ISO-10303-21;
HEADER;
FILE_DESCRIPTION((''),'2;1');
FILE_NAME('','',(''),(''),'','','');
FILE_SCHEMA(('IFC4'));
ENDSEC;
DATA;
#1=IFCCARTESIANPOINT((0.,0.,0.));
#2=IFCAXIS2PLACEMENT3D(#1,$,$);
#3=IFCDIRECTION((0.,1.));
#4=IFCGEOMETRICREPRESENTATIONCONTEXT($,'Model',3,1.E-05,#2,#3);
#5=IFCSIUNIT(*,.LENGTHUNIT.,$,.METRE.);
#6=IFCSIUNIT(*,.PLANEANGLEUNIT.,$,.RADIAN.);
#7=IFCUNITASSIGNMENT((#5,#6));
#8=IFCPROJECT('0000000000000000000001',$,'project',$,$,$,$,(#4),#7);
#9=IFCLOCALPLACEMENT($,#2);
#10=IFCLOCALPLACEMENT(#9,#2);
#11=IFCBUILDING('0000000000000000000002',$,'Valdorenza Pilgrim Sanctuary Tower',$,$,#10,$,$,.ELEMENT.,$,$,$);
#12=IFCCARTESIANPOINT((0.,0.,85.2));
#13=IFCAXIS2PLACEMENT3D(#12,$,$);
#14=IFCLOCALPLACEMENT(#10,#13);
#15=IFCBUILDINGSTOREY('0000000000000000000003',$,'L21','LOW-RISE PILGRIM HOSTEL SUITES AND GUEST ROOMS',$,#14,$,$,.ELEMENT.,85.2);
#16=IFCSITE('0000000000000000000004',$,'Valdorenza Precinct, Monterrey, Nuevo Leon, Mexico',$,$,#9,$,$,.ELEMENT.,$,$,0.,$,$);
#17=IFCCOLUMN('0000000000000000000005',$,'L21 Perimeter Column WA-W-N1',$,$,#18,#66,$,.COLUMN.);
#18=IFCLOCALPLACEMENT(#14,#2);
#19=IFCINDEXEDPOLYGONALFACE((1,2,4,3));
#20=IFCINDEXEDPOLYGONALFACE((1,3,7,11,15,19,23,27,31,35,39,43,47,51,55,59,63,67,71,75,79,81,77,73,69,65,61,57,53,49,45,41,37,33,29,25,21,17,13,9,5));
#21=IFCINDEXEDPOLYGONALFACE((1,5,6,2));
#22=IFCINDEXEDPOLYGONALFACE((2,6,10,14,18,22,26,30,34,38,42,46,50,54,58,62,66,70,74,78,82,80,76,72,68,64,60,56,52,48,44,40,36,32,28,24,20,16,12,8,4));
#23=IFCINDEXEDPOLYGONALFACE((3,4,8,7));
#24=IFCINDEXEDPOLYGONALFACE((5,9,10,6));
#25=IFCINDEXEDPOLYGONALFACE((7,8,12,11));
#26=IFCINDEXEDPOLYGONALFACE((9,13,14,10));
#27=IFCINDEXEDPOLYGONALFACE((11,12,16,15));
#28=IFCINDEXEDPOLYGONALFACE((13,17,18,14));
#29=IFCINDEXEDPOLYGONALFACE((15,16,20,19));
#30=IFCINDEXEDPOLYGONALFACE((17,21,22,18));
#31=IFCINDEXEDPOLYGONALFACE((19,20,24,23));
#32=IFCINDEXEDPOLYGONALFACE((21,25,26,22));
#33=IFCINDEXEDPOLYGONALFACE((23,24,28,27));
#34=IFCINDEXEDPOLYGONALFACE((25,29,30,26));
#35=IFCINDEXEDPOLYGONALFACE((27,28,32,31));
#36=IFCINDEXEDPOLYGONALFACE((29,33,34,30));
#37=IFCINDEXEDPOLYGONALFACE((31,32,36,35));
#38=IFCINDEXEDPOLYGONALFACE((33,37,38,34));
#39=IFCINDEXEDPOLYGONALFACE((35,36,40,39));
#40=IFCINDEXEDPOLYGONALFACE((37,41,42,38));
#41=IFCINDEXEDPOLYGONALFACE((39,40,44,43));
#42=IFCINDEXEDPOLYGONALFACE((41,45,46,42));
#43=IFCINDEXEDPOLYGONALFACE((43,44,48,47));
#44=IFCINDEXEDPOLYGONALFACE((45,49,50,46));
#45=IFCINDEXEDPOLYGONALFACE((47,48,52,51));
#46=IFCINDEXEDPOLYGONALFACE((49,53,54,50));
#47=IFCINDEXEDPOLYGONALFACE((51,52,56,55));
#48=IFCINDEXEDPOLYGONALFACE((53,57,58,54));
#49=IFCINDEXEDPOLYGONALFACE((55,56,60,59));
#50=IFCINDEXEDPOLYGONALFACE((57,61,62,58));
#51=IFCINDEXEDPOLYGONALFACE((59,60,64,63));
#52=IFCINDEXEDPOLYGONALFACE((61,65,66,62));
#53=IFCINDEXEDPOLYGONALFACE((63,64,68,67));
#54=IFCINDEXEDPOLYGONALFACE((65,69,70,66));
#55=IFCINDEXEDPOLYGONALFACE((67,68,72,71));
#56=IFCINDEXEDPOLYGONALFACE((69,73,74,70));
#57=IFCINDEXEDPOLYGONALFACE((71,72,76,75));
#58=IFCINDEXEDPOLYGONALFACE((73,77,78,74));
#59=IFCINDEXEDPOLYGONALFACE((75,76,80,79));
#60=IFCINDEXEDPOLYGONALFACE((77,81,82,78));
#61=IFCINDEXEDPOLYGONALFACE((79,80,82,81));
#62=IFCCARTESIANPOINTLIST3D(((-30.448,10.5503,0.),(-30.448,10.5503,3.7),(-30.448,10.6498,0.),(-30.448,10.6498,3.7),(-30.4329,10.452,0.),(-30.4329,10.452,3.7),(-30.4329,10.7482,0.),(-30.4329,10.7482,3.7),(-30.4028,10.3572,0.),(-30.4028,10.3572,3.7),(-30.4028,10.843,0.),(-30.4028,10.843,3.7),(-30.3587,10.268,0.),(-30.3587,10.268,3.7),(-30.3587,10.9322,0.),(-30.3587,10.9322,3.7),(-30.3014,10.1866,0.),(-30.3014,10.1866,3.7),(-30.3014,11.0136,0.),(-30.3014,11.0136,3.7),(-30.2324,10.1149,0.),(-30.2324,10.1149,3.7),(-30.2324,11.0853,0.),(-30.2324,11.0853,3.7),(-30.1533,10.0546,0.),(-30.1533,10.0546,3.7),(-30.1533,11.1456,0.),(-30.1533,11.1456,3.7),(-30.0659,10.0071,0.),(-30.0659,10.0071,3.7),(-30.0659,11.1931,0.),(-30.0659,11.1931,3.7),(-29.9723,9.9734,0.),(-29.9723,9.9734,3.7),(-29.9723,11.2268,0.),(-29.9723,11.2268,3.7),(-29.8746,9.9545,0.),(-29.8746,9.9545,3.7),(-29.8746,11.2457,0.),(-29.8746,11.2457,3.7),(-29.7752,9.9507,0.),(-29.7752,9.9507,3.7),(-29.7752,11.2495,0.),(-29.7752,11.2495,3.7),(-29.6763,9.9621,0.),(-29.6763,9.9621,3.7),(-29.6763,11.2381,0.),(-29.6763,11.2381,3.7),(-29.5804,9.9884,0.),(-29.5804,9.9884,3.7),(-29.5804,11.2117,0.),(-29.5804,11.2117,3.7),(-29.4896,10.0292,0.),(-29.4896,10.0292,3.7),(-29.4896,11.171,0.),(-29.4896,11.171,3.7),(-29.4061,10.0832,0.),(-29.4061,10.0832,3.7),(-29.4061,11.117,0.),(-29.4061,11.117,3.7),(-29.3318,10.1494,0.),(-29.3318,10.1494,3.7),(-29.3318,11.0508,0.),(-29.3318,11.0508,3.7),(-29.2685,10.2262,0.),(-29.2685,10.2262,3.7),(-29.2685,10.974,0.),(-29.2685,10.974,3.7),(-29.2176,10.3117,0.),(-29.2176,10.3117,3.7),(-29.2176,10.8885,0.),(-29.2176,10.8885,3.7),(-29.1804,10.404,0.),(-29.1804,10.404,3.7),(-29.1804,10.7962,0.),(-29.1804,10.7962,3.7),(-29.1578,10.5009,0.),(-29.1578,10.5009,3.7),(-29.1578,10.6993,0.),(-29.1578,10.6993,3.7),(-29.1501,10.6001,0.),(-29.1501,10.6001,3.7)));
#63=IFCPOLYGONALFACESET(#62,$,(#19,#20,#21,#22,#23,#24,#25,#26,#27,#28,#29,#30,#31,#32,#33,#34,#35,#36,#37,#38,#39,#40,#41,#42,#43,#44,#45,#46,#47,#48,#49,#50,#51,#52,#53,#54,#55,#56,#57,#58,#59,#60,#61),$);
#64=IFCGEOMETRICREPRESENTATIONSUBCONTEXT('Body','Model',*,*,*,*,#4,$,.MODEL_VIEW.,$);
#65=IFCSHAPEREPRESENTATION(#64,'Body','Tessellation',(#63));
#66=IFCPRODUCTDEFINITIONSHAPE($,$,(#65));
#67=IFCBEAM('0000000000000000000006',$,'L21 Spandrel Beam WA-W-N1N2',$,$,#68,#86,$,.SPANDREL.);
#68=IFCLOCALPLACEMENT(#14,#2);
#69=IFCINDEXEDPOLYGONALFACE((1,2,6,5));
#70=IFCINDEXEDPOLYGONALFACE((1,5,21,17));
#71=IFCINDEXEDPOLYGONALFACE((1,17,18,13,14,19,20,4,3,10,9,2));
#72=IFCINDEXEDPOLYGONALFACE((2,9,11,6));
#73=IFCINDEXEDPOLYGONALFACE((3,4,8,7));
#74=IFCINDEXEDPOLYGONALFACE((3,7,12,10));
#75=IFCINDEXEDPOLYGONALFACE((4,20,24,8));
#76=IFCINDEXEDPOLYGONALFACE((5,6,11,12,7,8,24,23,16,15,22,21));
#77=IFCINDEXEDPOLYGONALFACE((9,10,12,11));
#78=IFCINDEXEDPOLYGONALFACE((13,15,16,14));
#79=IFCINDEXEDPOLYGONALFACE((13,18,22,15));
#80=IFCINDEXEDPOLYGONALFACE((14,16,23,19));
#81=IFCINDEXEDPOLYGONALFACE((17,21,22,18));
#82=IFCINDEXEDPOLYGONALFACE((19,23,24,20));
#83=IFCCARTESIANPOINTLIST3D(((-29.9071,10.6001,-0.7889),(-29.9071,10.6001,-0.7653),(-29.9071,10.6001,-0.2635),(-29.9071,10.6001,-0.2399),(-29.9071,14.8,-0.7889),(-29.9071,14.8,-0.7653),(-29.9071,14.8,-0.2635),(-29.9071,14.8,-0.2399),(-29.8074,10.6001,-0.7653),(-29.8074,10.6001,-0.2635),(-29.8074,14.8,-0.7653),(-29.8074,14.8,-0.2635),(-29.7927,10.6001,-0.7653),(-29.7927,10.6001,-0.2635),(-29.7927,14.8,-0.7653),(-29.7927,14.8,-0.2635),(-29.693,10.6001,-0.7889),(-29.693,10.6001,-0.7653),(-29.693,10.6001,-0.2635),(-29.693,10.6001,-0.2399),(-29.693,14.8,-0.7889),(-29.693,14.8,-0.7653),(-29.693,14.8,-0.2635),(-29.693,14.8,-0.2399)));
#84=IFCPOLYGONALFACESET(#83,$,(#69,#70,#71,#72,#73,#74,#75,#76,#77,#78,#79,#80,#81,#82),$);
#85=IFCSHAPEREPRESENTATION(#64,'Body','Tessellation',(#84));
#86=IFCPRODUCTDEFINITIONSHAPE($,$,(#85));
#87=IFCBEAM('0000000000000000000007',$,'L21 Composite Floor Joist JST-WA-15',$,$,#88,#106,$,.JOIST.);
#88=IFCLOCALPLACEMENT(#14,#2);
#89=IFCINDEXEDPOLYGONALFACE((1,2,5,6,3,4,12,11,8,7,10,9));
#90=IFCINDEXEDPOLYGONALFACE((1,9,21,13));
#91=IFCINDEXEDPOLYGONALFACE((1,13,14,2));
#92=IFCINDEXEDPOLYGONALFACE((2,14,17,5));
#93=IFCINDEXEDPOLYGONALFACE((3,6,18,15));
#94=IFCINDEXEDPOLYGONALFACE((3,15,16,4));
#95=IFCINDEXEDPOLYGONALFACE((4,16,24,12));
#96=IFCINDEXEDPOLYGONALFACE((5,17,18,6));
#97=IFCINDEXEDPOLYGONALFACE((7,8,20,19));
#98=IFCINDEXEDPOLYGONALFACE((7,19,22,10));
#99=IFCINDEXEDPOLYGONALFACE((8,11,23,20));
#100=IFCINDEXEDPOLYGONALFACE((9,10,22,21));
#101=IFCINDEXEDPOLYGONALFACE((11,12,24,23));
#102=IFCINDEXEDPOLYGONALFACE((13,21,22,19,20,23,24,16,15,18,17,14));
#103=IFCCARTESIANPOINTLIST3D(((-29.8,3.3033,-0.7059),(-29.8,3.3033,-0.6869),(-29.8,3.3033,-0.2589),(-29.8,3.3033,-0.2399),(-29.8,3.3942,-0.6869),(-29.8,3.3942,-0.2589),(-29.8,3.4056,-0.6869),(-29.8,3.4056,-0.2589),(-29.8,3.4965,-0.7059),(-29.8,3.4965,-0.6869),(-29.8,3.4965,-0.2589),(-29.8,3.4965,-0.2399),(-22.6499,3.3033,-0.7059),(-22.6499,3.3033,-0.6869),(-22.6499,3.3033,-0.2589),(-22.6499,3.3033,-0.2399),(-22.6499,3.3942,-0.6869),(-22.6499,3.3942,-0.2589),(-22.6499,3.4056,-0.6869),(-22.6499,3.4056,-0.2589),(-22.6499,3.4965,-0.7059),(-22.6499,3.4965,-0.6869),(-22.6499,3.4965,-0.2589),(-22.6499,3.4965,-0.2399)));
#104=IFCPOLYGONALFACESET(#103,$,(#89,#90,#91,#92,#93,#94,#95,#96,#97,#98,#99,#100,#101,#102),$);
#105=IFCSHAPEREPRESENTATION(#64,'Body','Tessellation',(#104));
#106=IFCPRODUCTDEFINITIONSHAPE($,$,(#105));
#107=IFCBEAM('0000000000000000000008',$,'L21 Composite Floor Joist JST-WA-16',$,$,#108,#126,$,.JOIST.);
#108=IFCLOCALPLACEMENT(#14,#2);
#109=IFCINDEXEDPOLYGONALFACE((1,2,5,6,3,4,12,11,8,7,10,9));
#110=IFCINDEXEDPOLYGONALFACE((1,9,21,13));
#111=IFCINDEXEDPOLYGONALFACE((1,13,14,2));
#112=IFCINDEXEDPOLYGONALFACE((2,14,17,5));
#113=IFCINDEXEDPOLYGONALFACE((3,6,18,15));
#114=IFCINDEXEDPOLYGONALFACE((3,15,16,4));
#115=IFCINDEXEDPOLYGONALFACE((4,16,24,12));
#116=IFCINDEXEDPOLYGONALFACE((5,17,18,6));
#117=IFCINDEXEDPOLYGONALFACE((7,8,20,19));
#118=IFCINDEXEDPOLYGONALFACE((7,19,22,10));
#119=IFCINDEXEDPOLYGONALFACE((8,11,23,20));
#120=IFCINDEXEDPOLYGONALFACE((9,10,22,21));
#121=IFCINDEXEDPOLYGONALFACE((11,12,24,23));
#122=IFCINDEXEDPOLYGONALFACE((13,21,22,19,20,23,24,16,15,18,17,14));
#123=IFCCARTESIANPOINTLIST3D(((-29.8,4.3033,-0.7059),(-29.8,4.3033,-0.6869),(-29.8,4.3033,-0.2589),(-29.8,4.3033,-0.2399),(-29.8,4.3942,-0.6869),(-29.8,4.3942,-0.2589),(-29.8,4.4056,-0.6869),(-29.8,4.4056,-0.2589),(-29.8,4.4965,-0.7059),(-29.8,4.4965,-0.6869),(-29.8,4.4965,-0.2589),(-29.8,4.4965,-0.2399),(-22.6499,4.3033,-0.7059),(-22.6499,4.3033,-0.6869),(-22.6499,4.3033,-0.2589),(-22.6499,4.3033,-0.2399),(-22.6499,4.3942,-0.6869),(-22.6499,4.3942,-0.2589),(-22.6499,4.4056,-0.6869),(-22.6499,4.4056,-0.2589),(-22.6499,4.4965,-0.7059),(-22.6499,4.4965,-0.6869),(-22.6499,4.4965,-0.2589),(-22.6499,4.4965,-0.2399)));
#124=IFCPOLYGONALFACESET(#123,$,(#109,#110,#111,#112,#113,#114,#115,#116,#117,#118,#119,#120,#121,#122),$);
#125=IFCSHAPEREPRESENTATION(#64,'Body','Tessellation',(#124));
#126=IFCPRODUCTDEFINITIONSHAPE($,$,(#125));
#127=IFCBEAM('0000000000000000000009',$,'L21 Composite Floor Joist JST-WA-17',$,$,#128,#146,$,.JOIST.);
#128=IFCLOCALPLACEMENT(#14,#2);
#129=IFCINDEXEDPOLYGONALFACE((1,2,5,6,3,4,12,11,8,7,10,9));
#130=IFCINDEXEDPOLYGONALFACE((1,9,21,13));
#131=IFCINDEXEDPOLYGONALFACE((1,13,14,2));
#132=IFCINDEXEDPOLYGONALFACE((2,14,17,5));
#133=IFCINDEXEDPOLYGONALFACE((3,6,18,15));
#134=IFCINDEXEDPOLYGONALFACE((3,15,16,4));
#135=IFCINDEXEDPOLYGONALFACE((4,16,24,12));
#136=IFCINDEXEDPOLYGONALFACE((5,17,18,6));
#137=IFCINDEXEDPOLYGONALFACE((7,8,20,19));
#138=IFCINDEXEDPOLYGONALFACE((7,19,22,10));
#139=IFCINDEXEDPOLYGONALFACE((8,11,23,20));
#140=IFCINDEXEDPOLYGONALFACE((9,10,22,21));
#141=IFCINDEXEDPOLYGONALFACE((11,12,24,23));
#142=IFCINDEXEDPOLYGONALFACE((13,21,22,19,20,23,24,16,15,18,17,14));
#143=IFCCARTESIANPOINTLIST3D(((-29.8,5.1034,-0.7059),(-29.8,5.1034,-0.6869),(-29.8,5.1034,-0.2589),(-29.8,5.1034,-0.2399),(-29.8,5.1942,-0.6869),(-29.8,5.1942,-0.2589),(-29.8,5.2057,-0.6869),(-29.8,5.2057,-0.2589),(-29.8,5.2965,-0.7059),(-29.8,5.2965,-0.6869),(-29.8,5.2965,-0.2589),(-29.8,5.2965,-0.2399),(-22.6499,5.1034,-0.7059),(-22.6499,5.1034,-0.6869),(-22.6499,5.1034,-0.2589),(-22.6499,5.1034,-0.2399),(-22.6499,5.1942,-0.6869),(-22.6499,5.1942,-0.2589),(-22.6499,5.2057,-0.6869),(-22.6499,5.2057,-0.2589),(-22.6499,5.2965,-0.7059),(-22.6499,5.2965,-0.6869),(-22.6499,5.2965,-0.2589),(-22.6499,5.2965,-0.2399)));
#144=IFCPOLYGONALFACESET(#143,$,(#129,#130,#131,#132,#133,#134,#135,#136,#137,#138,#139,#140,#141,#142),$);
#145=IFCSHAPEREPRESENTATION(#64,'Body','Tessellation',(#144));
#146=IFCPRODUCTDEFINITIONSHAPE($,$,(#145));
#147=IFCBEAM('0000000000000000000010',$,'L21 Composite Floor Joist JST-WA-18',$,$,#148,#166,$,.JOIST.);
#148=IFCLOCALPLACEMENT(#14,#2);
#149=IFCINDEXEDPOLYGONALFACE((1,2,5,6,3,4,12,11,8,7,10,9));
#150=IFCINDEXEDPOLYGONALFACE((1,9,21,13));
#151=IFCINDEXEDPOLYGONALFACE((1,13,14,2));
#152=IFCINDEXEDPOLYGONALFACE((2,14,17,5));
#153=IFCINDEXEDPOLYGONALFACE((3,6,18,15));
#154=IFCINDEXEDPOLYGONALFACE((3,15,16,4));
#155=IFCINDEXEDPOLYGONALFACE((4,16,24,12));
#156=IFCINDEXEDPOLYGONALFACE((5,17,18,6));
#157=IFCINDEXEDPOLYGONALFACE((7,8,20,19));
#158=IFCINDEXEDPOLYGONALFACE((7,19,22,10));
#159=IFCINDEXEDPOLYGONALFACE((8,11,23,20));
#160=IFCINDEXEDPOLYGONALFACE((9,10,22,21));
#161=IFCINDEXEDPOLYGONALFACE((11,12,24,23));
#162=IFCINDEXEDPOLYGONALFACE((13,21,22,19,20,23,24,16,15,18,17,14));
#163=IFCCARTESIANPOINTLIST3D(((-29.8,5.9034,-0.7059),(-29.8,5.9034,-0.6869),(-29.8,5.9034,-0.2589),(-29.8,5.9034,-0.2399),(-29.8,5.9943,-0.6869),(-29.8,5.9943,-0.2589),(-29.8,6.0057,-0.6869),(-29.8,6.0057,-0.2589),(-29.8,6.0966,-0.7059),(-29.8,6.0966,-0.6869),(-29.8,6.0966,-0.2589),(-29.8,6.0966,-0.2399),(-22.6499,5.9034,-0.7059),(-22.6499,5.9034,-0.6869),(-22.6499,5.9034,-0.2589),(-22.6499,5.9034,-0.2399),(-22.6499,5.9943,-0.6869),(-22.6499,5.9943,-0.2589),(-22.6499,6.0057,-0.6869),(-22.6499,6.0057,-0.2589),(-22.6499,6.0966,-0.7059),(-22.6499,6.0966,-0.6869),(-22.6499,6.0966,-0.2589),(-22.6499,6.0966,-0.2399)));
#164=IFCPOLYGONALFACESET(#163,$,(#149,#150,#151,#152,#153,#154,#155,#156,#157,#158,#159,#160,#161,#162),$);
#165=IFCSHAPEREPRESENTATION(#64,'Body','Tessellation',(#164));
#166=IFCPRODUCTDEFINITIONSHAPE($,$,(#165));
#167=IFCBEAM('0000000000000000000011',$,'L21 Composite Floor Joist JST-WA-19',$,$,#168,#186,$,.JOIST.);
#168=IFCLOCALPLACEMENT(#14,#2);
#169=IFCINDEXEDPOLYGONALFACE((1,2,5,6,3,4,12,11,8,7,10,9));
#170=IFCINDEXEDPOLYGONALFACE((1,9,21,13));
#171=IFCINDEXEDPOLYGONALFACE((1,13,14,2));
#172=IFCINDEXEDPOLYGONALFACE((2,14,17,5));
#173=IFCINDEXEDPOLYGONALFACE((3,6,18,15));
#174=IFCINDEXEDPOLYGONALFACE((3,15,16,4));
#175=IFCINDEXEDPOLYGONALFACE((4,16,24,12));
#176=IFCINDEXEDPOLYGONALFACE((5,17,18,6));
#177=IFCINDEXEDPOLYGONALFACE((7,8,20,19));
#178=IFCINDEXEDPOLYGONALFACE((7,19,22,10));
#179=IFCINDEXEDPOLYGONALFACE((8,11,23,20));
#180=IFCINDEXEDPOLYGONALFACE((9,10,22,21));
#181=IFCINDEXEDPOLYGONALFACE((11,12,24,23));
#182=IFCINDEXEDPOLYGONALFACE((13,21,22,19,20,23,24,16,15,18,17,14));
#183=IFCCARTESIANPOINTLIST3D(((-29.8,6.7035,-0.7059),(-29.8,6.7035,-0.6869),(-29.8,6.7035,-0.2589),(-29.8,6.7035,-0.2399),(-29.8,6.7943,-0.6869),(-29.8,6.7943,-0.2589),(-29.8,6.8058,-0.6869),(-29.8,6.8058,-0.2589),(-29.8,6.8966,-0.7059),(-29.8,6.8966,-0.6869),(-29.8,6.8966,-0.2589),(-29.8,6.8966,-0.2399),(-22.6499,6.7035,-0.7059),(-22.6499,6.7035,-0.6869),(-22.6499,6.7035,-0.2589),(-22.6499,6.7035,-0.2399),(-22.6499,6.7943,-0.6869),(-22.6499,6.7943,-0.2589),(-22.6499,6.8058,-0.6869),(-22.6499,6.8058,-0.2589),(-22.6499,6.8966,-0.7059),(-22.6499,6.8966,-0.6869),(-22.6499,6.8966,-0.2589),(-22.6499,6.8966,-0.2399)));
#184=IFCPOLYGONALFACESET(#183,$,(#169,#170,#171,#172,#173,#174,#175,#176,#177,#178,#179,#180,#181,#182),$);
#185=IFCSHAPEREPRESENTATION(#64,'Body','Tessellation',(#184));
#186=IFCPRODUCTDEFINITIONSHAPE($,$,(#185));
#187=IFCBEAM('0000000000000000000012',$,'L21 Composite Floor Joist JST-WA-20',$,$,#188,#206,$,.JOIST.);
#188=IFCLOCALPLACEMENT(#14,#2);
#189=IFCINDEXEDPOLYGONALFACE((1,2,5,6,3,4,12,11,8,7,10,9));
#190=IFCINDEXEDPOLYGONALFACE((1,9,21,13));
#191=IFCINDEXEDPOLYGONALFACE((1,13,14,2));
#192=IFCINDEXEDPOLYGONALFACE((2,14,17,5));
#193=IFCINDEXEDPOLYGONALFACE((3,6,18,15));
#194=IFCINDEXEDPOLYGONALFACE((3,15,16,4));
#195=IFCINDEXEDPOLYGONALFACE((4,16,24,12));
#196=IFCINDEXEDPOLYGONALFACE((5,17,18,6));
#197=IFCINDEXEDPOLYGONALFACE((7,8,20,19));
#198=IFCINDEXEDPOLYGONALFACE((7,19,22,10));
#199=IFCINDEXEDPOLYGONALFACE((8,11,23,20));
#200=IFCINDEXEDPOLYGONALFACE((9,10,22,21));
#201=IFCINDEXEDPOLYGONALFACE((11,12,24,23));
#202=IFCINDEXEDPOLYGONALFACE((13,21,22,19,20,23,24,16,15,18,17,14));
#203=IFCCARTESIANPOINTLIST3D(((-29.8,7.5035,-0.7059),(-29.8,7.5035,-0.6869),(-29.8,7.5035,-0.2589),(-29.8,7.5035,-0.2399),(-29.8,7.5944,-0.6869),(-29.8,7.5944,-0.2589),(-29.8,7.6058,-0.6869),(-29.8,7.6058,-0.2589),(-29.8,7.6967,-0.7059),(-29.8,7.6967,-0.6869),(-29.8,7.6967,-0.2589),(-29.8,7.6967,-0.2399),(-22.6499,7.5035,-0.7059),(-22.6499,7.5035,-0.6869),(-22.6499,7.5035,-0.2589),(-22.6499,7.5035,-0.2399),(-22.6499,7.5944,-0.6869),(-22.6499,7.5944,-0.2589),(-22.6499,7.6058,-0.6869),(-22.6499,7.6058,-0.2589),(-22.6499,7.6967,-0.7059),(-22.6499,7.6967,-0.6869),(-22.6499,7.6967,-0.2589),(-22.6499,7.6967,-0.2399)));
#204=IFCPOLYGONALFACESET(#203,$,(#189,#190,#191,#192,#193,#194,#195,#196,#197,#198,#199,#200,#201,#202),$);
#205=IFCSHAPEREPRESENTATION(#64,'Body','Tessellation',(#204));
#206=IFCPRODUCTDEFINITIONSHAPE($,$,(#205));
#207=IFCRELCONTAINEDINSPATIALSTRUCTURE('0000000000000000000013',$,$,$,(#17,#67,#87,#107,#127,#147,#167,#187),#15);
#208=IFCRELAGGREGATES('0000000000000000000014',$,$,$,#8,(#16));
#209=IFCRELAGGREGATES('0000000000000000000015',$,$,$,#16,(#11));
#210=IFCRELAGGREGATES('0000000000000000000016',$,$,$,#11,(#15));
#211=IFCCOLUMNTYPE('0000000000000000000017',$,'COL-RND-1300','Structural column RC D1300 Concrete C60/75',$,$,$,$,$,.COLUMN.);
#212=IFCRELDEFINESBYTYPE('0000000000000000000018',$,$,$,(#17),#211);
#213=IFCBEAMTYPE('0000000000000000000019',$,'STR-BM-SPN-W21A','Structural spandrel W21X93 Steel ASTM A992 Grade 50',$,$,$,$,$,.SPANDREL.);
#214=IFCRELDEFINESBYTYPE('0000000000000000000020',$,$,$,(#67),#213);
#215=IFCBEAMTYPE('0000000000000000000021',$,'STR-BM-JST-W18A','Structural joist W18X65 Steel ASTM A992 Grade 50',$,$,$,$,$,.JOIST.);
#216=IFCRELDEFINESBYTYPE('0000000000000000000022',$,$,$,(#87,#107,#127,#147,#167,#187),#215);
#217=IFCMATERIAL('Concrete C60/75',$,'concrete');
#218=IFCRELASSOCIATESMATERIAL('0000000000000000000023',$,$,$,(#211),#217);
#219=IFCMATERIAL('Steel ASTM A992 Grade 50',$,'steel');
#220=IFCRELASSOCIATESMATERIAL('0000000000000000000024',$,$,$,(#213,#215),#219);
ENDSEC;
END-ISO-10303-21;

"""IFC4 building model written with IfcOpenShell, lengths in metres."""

from ifc_helpers import new_model, si_unit, direction, frame, origin, origin_2d, place, context, subcontext, project, spatial, circle, i_section, extrude, source, transform, mapped, material, material_profile, profile_set, type_object, element, save


model = new_model("IFC4")

# Units and contexts
model_context = context("Model", 3, precision=1e-05, world=origin(), true_north=direction((0.0, 1.0)))
body_context = subcontext(model_context, "Body", "Model", "MODEL_VIEW")
ifc_project = project(units=[si_unit("LENGTHUNIT", "METRE"), si_unit("PLANEANGLEUNIT", "RADIAN")], contexts=[model_context])

# Site, building, storey
site_placement = place(None, origin())
site = spatial("IfcSite", under=ifc_project, at=site_placement, Name="Valdorenza Precinct, Monterrey, Nuevo Leon, Mexico", CompositionType="ELEMENT", RefElevation=0.0)
building_placement = place(site_placement, origin())
building = spatial("IfcBuilding", under=site, at=building_placement, Name="Valdorenza Pilgrim Sanctuary Tower", CompositionType="ELEMENT")
storey_placement = place(building_placement, frame((0.0, 0.0, 85.2)))
storey = spatial("IfcBuildingStorey", under=building, at=storey_placement, Name="L21", Description="LOW-RISE PILGRIM HOSTEL SUITES AND GUEST ROOMS", CompositionType="ELEMENT", Elevation=85.2)

# Column
ifc_material_1 = material(Name="Concrete C60/75", Category="concrete")
ifc_material_profile_1 = material_profile(ifc_material_1, circle(Radius=0.6499, at=origin_2d()), Name="RC D1300")
ifc_profile_set_1 = profile_set([ifc_material_profile_1], Name="Concrete C60/75")
column_type = type_object("IfcColumnType", Name="COL-RND-1300", Description="Structural column RC D1300 Concrete C60/75", PredefinedType="COLUMN", material=ifc_profile_set_1)
shared_shape_1 = source(origin(), body_context, "Body", "SweptSolid", [
    extrude(circle(Radius=0.6499, at=origin_2d()), origin(), (0.0, 0.0, 1.0), 3.7),
])
column_placement = place(storey_placement, frame((-29.8, 10.6001, 0.0), z_axis=(0.0, 0.0, 1.0), x_axis=(1.0, 0.0, 0.0)))
element("IfcColumn", 1, at=column_placement, inside=storey, type_object=column_type, Name="L21 Perimeter Column WA-W-N1", PredefinedType="COLUMN", context=body_context, shape_type="MappedRepresentation", body=[
    mapped(shared_shape_1, transform((0.0, 0.0, 0.0), x_axis=(1.0, 0.0, 0.0), y_axis=(0.0, 1.0, 0.0), z_axis=(0.0, 0.0, 1.0), scale=1.0)),
])

# Beams
ifc_material_2 = material(Name="Steel ASTM A992 Grade 50", Category="steel")
ifc_material_profile_2 = material_profile(ifc_material_2, i_section(OverallWidth=0.2141, OverallDepth=0.5491, WebThickness=0.0146, FlangeThickness=0.0237, at=origin_2d()), Name="W21X93")
ifc_profile_set_2 = profile_set([ifc_material_profile_2], Name="Steel ASTM A992 Grade 50")
beam_type_1 = type_object("IfcBeamType", Name="STR-BM-SPN-W21A", Description="Structural spandrel W21X93 Steel ASTM A992 Grade 50", PredefinedType="SPANDREL", material=ifc_profile_set_2)
shared_shape_2 = source(origin(), body_context, "Body", "SweptSolid", [
    extrude(i_section(OverallWidth=0.2141, OverallDepth=0.5491, WebThickness=0.0146, FlangeThickness=0.0237, at=origin_2d()), origin(), (0.0, 0.0, 1.0), 4.2),
])
beam_1_placement = place(storey_placement, frame((-29.8, 10.6001, -0.5144), z_axis=(0.0, 1.0, 0.0), x_axis=(-1.0, 0.0, 0.0)))
element("IfcBeam", 2, at=beam_1_placement, inside=storey, type_object=beam_type_1, Name="L21 Spandrel Beam WA-W-N1N2", PredefinedType="SPANDREL", context=body_context, shape_type="MappedRepresentation", body=[
    mapped(shared_shape_2, transform((0.0, 0.0, 0.0), x_axis=(1.0, 0.0, 0.0), y_axis=(0.0, 1.0, 0.0), z_axis=(0.0, 0.0, 1.0), scale=1.0)),
])
ifc_material_profile_3 = material_profile(ifc_material_2, i_section(OverallWidth=0.1931, OverallDepth=0.4661, WebThickness=0.0115, FlangeThickness=0.019, at=origin_2d()), Name="W18X65")
ifc_profile_set_3 = profile_set([ifc_material_profile_3], Name="Steel ASTM A992 Grade 50")
beam_type_2 = type_object("IfcBeamType", Name="STR-BM-JST-W18A", Description="Structural joist W18X65 Steel ASTM A992 Grade 50", PredefinedType="JOIST", material=ifc_profile_set_3)
shared_shape_3 = source(origin(), body_context, "Body", "SweptSolid", [
    extrude(i_section(OverallWidth=0.1931, OverallDepth=0.4661, WebThickness=0.0115, FlangeThickness=0.019, at=origin_2d()), origin(), (0.0, 0.0, 1.0), 7.1501),
])
for number, where, z_axis, x_axis, name in (
    (3, (-29.8, 3.3999, -0.4729), (1.0, 0.0, 0.0), (0.0, 1.0, 0.0), "L21 Composite Floor Joist JST-WA-15"),
    (4, (-29.8, 4.3999, -0.4729), (1.0, 0.0, 0.0), (0.0, 1.0, 0.0), "L21 Composite Floor Joist JST-WA-16"),
    (5, (-29.8, 5.2, -0.4729), (1.0, 0.0, 0.0), (0.0, 1.0, 0.0), "L21 Composite Floor Joist JST-WA-17"),
    (6, (-29.8, 6.0, -0.4729), (1.0, 0.0, 0.0), (0.0, 1.0, 0.0), "L21 Composite Floor Joist JST-WA-18"),
    (7, (-29.8, 6.8, -0.4729), (1.0, 0.0, 0.0), (0.0, 1.0, 0.0), "L21 Composite Floor Joist JST-WA-19"),
    (8, (-29.8, 7.6001, -0.4729), (1.0, 0.0, 0.0), (0.0, 1.0, 0.0), "L21 Composite Floor Joist JST-WA-20"),
):
    element("IfcBeam", number, at=place(storey_placement, frame(where, z_axis=z_axis, x_axis=x_axis)), inside=storey, type_object=beam_type_2, Name=name, PredefinedType="JOIST", context=body_context, shape_type="MappedRepresentation", body=[
        mapped(shared_shape_3, transform((0.0, 0.0, 0.0), x_axis=(1.0, 0.0, 0.0), y_axis=(0.0, 1.0, 0.0), z_axis=(0.0, 0.0, 1.0), scale=1.0)),
    ])

save(model, "model.ifc")
